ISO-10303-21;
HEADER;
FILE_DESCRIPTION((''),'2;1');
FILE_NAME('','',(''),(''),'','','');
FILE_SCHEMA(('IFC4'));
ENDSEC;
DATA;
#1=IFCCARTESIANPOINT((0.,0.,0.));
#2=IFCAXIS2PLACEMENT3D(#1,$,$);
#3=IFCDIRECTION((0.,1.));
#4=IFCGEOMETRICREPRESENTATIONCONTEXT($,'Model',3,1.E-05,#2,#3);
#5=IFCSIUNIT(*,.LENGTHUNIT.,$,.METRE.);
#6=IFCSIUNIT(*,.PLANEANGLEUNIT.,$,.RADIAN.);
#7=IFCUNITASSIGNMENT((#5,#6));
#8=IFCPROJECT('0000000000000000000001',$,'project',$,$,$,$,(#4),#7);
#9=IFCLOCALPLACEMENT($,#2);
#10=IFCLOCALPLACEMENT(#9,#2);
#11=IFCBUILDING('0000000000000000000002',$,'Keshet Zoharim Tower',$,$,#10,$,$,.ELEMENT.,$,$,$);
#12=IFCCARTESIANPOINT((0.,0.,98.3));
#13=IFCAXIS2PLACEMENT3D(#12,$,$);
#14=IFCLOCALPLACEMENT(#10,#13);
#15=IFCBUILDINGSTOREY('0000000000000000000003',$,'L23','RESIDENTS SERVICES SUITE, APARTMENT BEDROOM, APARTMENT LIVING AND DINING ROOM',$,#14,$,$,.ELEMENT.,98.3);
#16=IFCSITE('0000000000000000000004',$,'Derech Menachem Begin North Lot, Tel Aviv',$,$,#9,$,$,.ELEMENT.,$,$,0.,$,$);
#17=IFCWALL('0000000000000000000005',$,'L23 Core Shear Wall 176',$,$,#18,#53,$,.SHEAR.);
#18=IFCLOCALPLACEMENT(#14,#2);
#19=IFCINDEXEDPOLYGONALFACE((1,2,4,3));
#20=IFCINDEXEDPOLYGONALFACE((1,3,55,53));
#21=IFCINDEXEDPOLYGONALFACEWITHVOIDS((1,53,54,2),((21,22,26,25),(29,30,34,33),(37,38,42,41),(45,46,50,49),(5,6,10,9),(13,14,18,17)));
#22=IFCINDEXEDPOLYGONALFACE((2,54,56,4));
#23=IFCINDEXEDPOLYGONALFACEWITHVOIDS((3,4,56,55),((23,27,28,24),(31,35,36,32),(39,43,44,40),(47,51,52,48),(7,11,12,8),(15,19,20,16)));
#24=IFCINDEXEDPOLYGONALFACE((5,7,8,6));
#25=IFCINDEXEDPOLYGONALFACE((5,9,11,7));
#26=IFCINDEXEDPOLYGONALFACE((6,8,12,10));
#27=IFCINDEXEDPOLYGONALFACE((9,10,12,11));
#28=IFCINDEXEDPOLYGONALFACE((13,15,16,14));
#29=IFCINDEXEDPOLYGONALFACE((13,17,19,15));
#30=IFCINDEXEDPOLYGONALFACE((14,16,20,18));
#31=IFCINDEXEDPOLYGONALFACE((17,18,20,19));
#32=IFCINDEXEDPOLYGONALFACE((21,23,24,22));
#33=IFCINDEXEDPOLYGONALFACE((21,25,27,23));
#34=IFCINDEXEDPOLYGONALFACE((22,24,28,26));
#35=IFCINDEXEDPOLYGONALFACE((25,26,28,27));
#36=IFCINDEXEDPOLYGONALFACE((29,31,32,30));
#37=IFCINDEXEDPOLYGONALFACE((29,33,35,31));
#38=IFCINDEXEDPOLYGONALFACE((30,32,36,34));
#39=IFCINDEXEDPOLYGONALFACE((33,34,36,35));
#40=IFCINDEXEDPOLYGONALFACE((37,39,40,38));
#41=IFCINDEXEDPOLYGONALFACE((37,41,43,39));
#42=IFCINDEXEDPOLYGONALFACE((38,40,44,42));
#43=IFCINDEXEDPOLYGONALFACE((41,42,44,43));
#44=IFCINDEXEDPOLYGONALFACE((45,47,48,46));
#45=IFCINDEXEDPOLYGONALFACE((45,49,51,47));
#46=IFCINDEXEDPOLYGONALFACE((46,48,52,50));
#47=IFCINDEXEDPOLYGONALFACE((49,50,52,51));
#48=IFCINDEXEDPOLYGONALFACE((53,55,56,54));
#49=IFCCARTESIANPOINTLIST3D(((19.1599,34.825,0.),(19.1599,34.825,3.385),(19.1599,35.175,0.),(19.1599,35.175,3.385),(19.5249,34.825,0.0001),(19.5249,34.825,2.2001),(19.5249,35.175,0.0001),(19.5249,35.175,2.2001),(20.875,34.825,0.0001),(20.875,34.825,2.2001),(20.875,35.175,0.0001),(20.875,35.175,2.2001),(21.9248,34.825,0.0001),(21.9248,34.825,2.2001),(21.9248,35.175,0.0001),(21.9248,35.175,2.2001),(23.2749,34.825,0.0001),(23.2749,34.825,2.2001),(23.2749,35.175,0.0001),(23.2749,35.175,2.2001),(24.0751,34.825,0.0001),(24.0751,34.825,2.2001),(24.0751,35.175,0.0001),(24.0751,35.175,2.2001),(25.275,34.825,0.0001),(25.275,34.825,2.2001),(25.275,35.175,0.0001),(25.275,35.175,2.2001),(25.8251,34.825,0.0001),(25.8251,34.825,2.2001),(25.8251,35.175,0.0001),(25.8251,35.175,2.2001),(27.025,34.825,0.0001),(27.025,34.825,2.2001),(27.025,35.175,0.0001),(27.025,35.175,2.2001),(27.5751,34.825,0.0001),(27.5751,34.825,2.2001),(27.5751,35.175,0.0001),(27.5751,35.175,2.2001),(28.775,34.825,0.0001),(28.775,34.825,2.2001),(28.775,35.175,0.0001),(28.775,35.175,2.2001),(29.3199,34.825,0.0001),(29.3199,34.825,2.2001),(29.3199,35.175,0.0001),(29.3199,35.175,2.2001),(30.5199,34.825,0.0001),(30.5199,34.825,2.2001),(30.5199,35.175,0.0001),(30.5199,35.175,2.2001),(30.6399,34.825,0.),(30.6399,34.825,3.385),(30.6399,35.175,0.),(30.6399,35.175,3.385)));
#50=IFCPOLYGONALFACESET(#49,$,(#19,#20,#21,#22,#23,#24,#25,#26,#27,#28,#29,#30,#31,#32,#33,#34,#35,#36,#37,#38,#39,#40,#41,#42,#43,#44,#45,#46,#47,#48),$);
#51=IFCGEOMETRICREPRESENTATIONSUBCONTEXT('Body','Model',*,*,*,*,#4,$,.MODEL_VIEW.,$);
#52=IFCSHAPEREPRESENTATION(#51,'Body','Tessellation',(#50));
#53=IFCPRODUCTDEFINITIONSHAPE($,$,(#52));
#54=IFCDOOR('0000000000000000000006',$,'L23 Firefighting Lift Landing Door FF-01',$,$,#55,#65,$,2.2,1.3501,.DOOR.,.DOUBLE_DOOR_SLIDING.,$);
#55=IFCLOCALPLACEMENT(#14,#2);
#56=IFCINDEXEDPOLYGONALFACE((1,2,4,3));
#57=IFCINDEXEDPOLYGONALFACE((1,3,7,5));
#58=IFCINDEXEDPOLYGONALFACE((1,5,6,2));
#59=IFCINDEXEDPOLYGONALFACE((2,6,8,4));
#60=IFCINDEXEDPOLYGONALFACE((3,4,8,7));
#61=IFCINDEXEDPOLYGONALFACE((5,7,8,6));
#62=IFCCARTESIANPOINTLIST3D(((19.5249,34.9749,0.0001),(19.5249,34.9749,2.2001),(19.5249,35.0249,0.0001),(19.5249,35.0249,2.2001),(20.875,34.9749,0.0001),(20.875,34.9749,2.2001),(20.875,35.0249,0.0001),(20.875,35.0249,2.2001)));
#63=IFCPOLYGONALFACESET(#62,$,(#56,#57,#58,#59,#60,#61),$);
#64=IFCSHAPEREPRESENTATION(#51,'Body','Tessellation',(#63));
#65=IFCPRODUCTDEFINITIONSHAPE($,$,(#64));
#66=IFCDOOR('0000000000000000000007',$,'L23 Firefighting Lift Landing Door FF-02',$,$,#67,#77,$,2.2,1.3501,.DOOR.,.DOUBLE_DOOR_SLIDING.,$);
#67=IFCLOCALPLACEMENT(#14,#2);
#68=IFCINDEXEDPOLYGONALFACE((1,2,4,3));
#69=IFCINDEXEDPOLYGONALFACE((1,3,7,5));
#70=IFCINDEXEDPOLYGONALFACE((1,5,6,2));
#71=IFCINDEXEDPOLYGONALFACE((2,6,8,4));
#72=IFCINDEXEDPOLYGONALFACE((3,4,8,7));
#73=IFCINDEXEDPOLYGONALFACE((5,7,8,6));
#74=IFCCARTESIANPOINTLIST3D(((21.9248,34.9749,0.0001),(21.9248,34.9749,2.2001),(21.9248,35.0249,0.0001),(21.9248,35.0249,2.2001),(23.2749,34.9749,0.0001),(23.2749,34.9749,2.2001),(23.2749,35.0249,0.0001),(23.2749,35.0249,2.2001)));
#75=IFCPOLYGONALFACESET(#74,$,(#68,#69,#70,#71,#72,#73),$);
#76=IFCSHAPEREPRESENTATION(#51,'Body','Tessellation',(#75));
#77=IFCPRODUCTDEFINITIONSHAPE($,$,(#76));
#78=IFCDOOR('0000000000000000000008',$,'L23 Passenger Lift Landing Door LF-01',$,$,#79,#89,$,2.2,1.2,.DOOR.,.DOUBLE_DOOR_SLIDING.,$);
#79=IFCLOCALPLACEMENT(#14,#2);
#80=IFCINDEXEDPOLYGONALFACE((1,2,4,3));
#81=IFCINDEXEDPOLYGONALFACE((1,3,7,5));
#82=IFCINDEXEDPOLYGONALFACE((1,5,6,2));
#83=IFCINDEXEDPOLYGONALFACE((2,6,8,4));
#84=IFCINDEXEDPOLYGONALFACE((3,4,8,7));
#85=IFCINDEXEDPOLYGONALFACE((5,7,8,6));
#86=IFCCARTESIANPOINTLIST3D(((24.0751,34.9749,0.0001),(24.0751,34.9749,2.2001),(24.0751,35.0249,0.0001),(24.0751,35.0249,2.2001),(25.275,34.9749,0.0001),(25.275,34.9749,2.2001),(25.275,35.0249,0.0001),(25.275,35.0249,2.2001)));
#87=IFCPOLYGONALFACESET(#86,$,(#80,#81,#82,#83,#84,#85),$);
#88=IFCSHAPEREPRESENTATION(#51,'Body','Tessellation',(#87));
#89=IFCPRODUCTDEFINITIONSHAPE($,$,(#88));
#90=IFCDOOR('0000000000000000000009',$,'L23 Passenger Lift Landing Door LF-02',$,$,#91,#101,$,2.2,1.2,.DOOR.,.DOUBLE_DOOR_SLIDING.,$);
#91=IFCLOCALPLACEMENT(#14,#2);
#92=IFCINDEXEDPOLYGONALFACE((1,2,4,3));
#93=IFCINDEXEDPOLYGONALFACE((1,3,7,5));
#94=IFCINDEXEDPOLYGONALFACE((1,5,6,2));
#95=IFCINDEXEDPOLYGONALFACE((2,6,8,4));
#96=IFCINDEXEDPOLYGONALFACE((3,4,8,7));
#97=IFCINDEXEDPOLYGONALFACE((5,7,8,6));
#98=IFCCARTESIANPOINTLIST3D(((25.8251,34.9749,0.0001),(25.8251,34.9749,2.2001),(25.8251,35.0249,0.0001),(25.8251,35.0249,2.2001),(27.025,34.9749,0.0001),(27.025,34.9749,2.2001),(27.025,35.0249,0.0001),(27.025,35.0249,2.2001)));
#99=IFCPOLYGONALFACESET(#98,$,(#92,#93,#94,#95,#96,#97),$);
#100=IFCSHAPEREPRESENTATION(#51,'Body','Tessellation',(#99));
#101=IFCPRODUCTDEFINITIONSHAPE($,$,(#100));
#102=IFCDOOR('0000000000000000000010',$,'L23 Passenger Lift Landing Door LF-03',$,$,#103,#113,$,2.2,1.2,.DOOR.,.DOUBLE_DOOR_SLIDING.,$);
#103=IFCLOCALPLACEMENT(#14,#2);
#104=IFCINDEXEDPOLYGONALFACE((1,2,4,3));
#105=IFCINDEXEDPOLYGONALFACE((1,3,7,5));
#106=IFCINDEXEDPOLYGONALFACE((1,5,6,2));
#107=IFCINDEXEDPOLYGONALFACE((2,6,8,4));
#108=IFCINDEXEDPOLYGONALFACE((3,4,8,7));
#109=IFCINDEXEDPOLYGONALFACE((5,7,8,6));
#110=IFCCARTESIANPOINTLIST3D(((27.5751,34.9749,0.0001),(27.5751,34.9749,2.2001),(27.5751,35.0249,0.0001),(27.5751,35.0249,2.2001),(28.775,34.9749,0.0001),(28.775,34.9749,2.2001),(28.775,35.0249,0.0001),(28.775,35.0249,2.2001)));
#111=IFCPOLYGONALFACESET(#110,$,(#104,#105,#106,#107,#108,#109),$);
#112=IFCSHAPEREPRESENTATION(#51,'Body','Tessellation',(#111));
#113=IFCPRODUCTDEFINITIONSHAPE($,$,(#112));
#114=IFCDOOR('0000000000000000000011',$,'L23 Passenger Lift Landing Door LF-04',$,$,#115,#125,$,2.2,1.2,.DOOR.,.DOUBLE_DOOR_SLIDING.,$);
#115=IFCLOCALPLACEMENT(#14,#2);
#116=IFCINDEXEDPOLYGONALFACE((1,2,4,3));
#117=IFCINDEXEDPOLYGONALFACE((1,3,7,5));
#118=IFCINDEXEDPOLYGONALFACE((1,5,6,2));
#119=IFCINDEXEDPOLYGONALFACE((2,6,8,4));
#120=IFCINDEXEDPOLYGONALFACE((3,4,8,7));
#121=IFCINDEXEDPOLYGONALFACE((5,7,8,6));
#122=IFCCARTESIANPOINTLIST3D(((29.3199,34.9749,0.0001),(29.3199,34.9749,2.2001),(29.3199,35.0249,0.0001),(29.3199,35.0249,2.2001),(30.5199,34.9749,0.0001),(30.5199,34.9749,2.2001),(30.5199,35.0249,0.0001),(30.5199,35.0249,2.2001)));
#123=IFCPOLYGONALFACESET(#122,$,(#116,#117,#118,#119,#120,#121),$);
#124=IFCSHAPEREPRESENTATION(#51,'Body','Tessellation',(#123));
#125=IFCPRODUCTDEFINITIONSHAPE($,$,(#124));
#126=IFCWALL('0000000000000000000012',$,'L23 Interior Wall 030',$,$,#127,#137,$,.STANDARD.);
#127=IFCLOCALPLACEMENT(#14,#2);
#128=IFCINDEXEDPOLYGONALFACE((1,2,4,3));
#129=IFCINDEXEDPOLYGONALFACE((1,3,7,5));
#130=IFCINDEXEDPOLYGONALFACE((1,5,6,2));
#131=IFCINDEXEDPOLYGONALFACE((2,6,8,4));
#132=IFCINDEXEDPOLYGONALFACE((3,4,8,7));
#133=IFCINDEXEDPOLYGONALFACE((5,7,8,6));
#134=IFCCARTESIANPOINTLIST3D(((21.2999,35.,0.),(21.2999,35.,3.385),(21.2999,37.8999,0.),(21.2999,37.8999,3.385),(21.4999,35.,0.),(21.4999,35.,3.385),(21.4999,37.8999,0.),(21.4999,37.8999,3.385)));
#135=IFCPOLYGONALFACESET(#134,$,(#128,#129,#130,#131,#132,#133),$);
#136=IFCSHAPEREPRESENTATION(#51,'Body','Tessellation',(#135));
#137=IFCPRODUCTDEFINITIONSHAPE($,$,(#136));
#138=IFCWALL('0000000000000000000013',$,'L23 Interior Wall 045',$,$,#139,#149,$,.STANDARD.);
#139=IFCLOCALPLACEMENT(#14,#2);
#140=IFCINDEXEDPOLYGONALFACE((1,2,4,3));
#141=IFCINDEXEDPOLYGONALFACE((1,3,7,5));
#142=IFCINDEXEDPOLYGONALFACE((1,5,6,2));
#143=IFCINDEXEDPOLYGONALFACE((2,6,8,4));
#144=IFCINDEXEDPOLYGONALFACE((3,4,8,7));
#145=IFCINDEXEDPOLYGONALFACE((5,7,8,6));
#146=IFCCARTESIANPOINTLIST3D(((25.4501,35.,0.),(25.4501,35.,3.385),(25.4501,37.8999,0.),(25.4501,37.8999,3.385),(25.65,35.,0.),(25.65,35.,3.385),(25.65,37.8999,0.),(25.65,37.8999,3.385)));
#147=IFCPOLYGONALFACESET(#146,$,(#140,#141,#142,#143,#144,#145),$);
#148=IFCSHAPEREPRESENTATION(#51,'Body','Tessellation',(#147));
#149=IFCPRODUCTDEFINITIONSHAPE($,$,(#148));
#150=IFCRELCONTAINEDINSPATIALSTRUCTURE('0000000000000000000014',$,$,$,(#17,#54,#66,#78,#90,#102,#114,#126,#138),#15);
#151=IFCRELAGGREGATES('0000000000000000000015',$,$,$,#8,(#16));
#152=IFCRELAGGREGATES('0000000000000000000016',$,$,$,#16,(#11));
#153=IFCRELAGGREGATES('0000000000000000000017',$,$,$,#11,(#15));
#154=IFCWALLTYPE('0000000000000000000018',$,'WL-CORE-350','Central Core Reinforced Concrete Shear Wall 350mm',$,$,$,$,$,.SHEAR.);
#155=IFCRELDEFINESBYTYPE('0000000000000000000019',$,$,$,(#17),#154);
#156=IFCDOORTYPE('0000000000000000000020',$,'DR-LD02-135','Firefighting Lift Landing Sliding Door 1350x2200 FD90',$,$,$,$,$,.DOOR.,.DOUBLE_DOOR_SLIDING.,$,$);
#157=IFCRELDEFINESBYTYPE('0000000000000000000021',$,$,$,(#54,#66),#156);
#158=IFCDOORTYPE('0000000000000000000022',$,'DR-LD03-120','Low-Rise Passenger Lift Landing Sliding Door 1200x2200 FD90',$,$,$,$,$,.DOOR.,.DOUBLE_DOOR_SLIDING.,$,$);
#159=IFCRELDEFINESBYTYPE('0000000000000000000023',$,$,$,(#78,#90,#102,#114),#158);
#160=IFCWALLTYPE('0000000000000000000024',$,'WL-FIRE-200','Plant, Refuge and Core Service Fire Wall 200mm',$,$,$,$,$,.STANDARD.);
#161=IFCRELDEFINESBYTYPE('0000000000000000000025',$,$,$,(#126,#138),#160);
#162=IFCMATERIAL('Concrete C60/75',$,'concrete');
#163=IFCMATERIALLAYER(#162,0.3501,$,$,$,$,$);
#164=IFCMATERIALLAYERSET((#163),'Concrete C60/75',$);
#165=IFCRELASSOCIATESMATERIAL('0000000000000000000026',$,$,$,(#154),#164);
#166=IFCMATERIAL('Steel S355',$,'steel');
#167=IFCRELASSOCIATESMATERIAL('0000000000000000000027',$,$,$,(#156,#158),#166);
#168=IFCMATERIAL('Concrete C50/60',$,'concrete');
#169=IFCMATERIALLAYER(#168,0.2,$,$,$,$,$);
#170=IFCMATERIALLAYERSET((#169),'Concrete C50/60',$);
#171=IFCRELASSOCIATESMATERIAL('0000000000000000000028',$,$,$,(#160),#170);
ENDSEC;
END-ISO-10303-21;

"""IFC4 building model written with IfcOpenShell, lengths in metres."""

from ifc_helpers import new_model, si_unit, direction, frame, frame_2d, origin, place, context, subcontext, project, spatial, rectangle, extrude, material, layer, layer_set, type_object, element, fill, save


model = new_model("IFC4")

# Units and contexts
model_context = context("Model", 3, precision=1e-05, world=origin(), true_north=direction((0.0, 1.0)))
body_context = subcontext(model_context, "Body", "Model", "MODEL_VIEW")
ifc_project = project(units=[si_unit("LENGTHUNIT", "METRE"), si_unit("PLANEANGLEUNIT", "RADIAN")], contexts=[model_context])

# Site, building, storey
site_placement = place(None, origin())
site = spatial("IfcSite", under=ifc_project, at=site_placement, Name="Derech Menachem Begin North Lot, Tel Aviv", CompositionType="ELEMENT", RefElevation=0.0)
building_placement = place(site_placement, origin())
building = spatial("IfcBuilding", under=site, at=building_placement, Name="Keshet Zoharim Tower", CompositionType="ELEMENT")
storey_placement = place(building_placement, frame((0.0, 0.0, 98.3)))
storey = spatial("IfcBuildingStorey", under=building, at=storey_placement, Name="L23", Description="RESIDENTS SERVICES SUITE, APARTMENT BEDROOM, APARTMENT LIVING AND DINING ROOM", CompositionType="ELEMENT", Elevation=98.3)

# Shared definitions
ifc_material_1 = material(Name="Concrete C60/75", Category="concrete")
ifc_layer_1 = layer(ifc_material_1, 0.3501)
ifc_layer_set_1 = layer_set([ifc_layer_1], Name="Concrete C60/75")
wall_type_1 = type_object("IfcWallType", Name="WL-CORE-350", Description="Central Core Reinforced Concrete Shear Wall 350mm", PredefinedType="SHEAR", material=ifc_layer_set_1)

# Wall, openings, doors
wall_1_placement = place(storey_placement, frame((19.1599, 35.0, 0.0), z_axis=(0.0, 0.0, 1.0), x_axis=(1.0, 0.0, 0.0)))
wall_1 = element("IfcWall", 1, at=wall_1_placement, inside=storey, type_object=wall_type_1, Name="L23 Core Shear Wall 176", PredefinedType="SHEAR", context=body_context, shape_type="SweptSolid", body=[
    extrude(rectangle(XDim=11.48, YDim=0.3501, at=frame_2d((5.74, 0.0))), origin(), (0.0, 0.0, 1.0), 3.385),
])
opening_1_placement = place(wall_1_placement, frame((0.365, 0.0, 0.0)))
opening_1 = element("IfcOpeningElement", 2, at=opening_1_placement, cuts=wall_1, PredefinedType="OPENING", context=body_context, shape_type="SweptSolid", body=[
    extrude(rectangle(XDim=1.3501, YDim=2.2, at=frame_2d((0.675, 1.1001))), frame((0.0, 0.1851, 0.0), z_axis=(0.0, -1.0, 0.0), x_axis=(1.0, 0.0, 0.0)), (0.0, 0.0, 1.0), 0.3701),
])
opening_2_placement = place(wall_1_placement, frame((2.7649, 0.0, 0.0)))
opening_2 = element("IfcOpeningElement", 3, at=opening_2_placement, cuts=wall_1, PredefinedType="OPENING", context=body_context, shape_type="SweptSolid", body=[
    extrude(rectangle(XDim=1.3501, YDim=2.2, at=frame_2d((0.675, 1.1001))), frame((0.0, 0.1851, 0.0), z_axis=(0.0, -1.0, 0.0), x_axis=(1.0, 0.0, 0.0)), (0.0, 0.0, 1.0), 0.3701),
])
opening_3_placement = place(wall_1_placement, frame((4.915, 0.0, 0.0)))
opening_3 = element("IfcOpeningElement", 4, at=opening_3_placement, cuts=wall_1, PredefinedType="OPENING", context=body_context, shape_type="SweptSolid", body=[
    extrude(rectangle(XDim=1.2, YDim=2.2, at=frame_2d((0.6001, 1.1001))), frame((0.0, 0.1851, 0.0), z_axis=(0.0, -1.0, 0.0), x_axis=(1.0, 0.0, 0.0)), (0.0, 0.0, 1.0), 0.3701),
])
opening_4_placement = place(wall_1_placement, frame((6.665, 0.0, 0.0)))
opening_4 = element("IfcOpeningElement", 5, at=opening_4_placement, cuts=wall_1, PredefinedType="OPENING", context=body_context, shape_type="SweptSolid", body=[
    extrude(rectangle(XDim=1.2, YDim=2.2, at=frame_2d((0.6001, 1.1001))), frame((0.0, 0.1851, 0.0), z_axis=(0.0, -1.0, 0.0), x_axis=(1.0, 0.0, 0.0)), (0.0, 0.0, 1.0), 0.3701),
])
opening_5_placement = place(wall_1_placement, frame((8.415, 0.0, 0.0)))
opening_5 = element("IfcOpeningElement", 6, at=opening_5_placement, cuts=wall_1, PredefinedType="OPENING", context=body_context, shape_type="SweptSolid", body=[
    extrude(rectangle(XDim=1.2, YDim=2.2, at=frame_2d((0.6001, 1.1001))), frame((0.0, 0.1851, 0.0), z_axis=(0.0, -1.0, 0.0), x_axis=(1.0, 0.0, 0.0)), (0.0, 0.0, 1.0), 0.3701),
])
opening_6_placement = place(wall_1_placement, frame((10.1599, 0.0, 0.0)))
opening_6 = element("IfcOpeningElement", 7, at=opening_6_placement, cuts=wall_1, PredefinedType="OPENING", context=body_context, shape_type="SweptSolid", body=[
    extrude(rectangle(XDim=1.2, YDim=2.2, at=frame_2d((0.6001, 1.1001))), frame((0.0, 0.1851, 0.0), z_axis=(0.0, -1.0, 0.0), x_axis=(1.0, 0.0, 0.0)), (0.0, 0.0, 1.0), 0.3701),
])
ifc_material_2 = material(Name="Steel S355", Category="steel")
door_type_1 = type_object("IfcDoorType", Name="DR-LD02-135", Description="Firefighting Lift Landing Sliding Door 1350x2200 FD90", OperationType="DOUBLE_DOOR_SLIDING", PredefinedType="DOOR", material=ifc_material_2)
door_1_placement = place(opening_1_placement, origin())
door_1 = element("IfcDoor", 8, at=door_1_placement, inside=storey, type_object=door_type_1, Name="L23 Firefighting Lift Landing Door FF-01", OperationType="DOUBLE_DOOR_SLIDING", OverallHeight=2.2, OverallWidth=1.3501, PredefinedType="DOOR", context=body_context, shape_type="SweptSolid", body=[
    extrude(rectangle(XDim=1.3501, YDim=2.2, at=frame_2d((0.675, 1.1001))), frame((0.0, 0.0249, 0.0), z_axis=(0.0, -1.0, 0.0), x_axis=(1.0, 0.0, 0.0)), (0.0, 0.0, 1.0), 0.05),
])
fill(opening_1, door_1)
door_2_placement = place(opening_2_placement, origin())
door_2 = element("IfcDoor", 9, at=door_2_placement, inside=storey, type_object=door_type_1, Name="L23 Firefighting Lift Landing Door FF-02", OperationType="DOUBLE_DOOR_SLIDING", OverallHeight=2.2, OverallWidth=1.3501, PredefinedType="DOOR", context=body_context, shape_type="SweptSolid", body=[
    extrude(rectangle(XDim=1.3501, YDim=2.2, at=frame_2d((0.675, 1.1001))), frame((0.0, 0.0249, 0.0), z_axis=(0.0, -1.0, 0.0), x_axis=(1.0, 0.0, 0.0)), (0.0, 0.0, 1.0), 0.05),
])
fill(opening_2, door_2)
door_type_2 = type_object("IfcDoorType", Name="DR-LD03-120", Description="Low-Rise Passenger Lift Landing Sliding Door 1200x2200 FD90", OperationType="DOUBLE_DOOR_SLIDING", PredefinedType="DOOR", material=ifc_material_2)
door_3_placement = place(opening_3_placement, origin())
door_3 = element("IfcDoor", 10, at=door_3_placement, inside=storey, type_object=door_type_2, Name="L23 Passenger Lift Landing Door LF-01", OperationType="DOUBLE_DOOR_SLIDING", OverallHeight=2.2, OverallWidth=1.2, PredefinedType="DOOR", context=body_context, shape_type="SweptSolid", body=[
    extrude(rectangle(XDim=1.2, YDim=2.2, at=frame_2d((0.6001, 1.1001))), frame((0.0, 0.0249, 0.0), z_axis=(0.0, -1.0, 0.0), x_axis=(1.0, 0.0, 0.0)), (0.0, 0.0, 1.0), 0.05),
])
fill(opening_3, door_3)
door_4_placement = place(opening_4_placement, origin())
door_4 = element("IfcDoor", 11, at=door_4_placement, inside=storey, type_object=door_type_2, Name="L23 Passenger Lift Landing Door LF-02", OperationType="DOUBLE_DOOR_SLIDING", OverallHeight=2.2, OverallWidth=1.2, PredefinedType="DOOR", context=body_context, shape_type="SweptSolid", body=[
    extrude(rectangle(XDim=1.2, YDim=2.2, at=frame_2d((0.6001, 1.1001))), frame((0.0, 0.0249, 0.0), z_axis=(0.0, -1.0, 0.0), x_axis=(1.0, 0.0, 0.0)), (0.0, 0.0, 1.0), 0.05),
])
fill(opening_4, door_4)
door_5_placement = place(opening_5_placement, origin())
door_5 = element("IfcDoor", 12, at=door_5_placement, inside=storey, type_object=door_type_2, Name="L23 Passenger Lift Landing Door LF-03", OperationType="DOUBLE_DOOR_SLIDING", OverallHeight=2.2, OverallWidth=1.2, PredefinedType="DOOR", context=body_context, shape_type="SweptSolid", body=[
    extrude(rectangle(XDim=1.2, YDim=2.2, at=frame_2d((0.6001, 1.1001))), frame((0.0, 0.0249, 0.0), z_axis=(0.0, -1.0, 0.0), x_axis=(1.0, 0.0, 0.0)), (0.0, 0.0, 1.0), 0.05),
])
fill(opening_5, door_5)
door_6_placement = place(opening_6_placement, origin())
door_6 = element("IfcDoor", 13, at=door_6_placement, inside=storey, type_object=door_type_2, Name="L23 Passenger Lift Landing Door LF-04", OperationType="DOUBLE_DOOR_SLIDING", OverallHeight=2.2, OverallWidth=1.2, PredefinedType="DOOR", context=body_context, shape_type="SweptSolid", body=[
    extrude(rectangle(XDim=1.2, YDim=2.2, at=frame_2d((0.6001, 1.1001))), frame((0.0, 0.0249, 0.0), z_axis=(0.0, -1.0, 0.0), x_axis=(1.0, 0.0, 0.0)), (0.0, 0.0, 1.0), 0.05),
])
fill(opening_6, door_6)

# Walls
ifc_material_3 = material(Name="Concrete C50/60", Category="concrete")
ifc_layer_2 = layer(ifc_material_3, 0.2)
ifc_layer_set_2 = layer_set([ifc_layer_2], Name="Concrete C50/60")
wall_type_2 = type_object("IfcWallType", Name="WL-FIRE-200", Description="Plant, Refuge and Core Service Fire Wall 200mm", PredefinedType="STANDARD", material=ifc_layer_set_2)
for number, where, z_axis, x_axis, name in (
    (14, (21.3999, 35.0, 0.0), (0.0, 0.0, 1.0), (0.0, 1.0, 0.0), "L23 Interior Wall 030"),
    (15, (25.55, 35.0, 0.0), (0.0, 0.0, 1.0), (0.0, 1.0, 0.0), "L23 Interior Wall 045"),
):
    element("IfcWall", number, at=place(storey_placement, frame(where, z_axis=z_axis, x_axis=x_axis)), inside=storey, type_object=wall_type_2, Name=name, PredefinedType="STANDARD", context=body_context, shape_type="SweptSolid", body=[
        extrude(rectangle(XDim=2.8999, YDim=0.2, at=frame_2d((1.45, 0.0))), origin(), (0.0, 0.0, 1.0), 3.385),
    ])

save(model, "model.ifc")
